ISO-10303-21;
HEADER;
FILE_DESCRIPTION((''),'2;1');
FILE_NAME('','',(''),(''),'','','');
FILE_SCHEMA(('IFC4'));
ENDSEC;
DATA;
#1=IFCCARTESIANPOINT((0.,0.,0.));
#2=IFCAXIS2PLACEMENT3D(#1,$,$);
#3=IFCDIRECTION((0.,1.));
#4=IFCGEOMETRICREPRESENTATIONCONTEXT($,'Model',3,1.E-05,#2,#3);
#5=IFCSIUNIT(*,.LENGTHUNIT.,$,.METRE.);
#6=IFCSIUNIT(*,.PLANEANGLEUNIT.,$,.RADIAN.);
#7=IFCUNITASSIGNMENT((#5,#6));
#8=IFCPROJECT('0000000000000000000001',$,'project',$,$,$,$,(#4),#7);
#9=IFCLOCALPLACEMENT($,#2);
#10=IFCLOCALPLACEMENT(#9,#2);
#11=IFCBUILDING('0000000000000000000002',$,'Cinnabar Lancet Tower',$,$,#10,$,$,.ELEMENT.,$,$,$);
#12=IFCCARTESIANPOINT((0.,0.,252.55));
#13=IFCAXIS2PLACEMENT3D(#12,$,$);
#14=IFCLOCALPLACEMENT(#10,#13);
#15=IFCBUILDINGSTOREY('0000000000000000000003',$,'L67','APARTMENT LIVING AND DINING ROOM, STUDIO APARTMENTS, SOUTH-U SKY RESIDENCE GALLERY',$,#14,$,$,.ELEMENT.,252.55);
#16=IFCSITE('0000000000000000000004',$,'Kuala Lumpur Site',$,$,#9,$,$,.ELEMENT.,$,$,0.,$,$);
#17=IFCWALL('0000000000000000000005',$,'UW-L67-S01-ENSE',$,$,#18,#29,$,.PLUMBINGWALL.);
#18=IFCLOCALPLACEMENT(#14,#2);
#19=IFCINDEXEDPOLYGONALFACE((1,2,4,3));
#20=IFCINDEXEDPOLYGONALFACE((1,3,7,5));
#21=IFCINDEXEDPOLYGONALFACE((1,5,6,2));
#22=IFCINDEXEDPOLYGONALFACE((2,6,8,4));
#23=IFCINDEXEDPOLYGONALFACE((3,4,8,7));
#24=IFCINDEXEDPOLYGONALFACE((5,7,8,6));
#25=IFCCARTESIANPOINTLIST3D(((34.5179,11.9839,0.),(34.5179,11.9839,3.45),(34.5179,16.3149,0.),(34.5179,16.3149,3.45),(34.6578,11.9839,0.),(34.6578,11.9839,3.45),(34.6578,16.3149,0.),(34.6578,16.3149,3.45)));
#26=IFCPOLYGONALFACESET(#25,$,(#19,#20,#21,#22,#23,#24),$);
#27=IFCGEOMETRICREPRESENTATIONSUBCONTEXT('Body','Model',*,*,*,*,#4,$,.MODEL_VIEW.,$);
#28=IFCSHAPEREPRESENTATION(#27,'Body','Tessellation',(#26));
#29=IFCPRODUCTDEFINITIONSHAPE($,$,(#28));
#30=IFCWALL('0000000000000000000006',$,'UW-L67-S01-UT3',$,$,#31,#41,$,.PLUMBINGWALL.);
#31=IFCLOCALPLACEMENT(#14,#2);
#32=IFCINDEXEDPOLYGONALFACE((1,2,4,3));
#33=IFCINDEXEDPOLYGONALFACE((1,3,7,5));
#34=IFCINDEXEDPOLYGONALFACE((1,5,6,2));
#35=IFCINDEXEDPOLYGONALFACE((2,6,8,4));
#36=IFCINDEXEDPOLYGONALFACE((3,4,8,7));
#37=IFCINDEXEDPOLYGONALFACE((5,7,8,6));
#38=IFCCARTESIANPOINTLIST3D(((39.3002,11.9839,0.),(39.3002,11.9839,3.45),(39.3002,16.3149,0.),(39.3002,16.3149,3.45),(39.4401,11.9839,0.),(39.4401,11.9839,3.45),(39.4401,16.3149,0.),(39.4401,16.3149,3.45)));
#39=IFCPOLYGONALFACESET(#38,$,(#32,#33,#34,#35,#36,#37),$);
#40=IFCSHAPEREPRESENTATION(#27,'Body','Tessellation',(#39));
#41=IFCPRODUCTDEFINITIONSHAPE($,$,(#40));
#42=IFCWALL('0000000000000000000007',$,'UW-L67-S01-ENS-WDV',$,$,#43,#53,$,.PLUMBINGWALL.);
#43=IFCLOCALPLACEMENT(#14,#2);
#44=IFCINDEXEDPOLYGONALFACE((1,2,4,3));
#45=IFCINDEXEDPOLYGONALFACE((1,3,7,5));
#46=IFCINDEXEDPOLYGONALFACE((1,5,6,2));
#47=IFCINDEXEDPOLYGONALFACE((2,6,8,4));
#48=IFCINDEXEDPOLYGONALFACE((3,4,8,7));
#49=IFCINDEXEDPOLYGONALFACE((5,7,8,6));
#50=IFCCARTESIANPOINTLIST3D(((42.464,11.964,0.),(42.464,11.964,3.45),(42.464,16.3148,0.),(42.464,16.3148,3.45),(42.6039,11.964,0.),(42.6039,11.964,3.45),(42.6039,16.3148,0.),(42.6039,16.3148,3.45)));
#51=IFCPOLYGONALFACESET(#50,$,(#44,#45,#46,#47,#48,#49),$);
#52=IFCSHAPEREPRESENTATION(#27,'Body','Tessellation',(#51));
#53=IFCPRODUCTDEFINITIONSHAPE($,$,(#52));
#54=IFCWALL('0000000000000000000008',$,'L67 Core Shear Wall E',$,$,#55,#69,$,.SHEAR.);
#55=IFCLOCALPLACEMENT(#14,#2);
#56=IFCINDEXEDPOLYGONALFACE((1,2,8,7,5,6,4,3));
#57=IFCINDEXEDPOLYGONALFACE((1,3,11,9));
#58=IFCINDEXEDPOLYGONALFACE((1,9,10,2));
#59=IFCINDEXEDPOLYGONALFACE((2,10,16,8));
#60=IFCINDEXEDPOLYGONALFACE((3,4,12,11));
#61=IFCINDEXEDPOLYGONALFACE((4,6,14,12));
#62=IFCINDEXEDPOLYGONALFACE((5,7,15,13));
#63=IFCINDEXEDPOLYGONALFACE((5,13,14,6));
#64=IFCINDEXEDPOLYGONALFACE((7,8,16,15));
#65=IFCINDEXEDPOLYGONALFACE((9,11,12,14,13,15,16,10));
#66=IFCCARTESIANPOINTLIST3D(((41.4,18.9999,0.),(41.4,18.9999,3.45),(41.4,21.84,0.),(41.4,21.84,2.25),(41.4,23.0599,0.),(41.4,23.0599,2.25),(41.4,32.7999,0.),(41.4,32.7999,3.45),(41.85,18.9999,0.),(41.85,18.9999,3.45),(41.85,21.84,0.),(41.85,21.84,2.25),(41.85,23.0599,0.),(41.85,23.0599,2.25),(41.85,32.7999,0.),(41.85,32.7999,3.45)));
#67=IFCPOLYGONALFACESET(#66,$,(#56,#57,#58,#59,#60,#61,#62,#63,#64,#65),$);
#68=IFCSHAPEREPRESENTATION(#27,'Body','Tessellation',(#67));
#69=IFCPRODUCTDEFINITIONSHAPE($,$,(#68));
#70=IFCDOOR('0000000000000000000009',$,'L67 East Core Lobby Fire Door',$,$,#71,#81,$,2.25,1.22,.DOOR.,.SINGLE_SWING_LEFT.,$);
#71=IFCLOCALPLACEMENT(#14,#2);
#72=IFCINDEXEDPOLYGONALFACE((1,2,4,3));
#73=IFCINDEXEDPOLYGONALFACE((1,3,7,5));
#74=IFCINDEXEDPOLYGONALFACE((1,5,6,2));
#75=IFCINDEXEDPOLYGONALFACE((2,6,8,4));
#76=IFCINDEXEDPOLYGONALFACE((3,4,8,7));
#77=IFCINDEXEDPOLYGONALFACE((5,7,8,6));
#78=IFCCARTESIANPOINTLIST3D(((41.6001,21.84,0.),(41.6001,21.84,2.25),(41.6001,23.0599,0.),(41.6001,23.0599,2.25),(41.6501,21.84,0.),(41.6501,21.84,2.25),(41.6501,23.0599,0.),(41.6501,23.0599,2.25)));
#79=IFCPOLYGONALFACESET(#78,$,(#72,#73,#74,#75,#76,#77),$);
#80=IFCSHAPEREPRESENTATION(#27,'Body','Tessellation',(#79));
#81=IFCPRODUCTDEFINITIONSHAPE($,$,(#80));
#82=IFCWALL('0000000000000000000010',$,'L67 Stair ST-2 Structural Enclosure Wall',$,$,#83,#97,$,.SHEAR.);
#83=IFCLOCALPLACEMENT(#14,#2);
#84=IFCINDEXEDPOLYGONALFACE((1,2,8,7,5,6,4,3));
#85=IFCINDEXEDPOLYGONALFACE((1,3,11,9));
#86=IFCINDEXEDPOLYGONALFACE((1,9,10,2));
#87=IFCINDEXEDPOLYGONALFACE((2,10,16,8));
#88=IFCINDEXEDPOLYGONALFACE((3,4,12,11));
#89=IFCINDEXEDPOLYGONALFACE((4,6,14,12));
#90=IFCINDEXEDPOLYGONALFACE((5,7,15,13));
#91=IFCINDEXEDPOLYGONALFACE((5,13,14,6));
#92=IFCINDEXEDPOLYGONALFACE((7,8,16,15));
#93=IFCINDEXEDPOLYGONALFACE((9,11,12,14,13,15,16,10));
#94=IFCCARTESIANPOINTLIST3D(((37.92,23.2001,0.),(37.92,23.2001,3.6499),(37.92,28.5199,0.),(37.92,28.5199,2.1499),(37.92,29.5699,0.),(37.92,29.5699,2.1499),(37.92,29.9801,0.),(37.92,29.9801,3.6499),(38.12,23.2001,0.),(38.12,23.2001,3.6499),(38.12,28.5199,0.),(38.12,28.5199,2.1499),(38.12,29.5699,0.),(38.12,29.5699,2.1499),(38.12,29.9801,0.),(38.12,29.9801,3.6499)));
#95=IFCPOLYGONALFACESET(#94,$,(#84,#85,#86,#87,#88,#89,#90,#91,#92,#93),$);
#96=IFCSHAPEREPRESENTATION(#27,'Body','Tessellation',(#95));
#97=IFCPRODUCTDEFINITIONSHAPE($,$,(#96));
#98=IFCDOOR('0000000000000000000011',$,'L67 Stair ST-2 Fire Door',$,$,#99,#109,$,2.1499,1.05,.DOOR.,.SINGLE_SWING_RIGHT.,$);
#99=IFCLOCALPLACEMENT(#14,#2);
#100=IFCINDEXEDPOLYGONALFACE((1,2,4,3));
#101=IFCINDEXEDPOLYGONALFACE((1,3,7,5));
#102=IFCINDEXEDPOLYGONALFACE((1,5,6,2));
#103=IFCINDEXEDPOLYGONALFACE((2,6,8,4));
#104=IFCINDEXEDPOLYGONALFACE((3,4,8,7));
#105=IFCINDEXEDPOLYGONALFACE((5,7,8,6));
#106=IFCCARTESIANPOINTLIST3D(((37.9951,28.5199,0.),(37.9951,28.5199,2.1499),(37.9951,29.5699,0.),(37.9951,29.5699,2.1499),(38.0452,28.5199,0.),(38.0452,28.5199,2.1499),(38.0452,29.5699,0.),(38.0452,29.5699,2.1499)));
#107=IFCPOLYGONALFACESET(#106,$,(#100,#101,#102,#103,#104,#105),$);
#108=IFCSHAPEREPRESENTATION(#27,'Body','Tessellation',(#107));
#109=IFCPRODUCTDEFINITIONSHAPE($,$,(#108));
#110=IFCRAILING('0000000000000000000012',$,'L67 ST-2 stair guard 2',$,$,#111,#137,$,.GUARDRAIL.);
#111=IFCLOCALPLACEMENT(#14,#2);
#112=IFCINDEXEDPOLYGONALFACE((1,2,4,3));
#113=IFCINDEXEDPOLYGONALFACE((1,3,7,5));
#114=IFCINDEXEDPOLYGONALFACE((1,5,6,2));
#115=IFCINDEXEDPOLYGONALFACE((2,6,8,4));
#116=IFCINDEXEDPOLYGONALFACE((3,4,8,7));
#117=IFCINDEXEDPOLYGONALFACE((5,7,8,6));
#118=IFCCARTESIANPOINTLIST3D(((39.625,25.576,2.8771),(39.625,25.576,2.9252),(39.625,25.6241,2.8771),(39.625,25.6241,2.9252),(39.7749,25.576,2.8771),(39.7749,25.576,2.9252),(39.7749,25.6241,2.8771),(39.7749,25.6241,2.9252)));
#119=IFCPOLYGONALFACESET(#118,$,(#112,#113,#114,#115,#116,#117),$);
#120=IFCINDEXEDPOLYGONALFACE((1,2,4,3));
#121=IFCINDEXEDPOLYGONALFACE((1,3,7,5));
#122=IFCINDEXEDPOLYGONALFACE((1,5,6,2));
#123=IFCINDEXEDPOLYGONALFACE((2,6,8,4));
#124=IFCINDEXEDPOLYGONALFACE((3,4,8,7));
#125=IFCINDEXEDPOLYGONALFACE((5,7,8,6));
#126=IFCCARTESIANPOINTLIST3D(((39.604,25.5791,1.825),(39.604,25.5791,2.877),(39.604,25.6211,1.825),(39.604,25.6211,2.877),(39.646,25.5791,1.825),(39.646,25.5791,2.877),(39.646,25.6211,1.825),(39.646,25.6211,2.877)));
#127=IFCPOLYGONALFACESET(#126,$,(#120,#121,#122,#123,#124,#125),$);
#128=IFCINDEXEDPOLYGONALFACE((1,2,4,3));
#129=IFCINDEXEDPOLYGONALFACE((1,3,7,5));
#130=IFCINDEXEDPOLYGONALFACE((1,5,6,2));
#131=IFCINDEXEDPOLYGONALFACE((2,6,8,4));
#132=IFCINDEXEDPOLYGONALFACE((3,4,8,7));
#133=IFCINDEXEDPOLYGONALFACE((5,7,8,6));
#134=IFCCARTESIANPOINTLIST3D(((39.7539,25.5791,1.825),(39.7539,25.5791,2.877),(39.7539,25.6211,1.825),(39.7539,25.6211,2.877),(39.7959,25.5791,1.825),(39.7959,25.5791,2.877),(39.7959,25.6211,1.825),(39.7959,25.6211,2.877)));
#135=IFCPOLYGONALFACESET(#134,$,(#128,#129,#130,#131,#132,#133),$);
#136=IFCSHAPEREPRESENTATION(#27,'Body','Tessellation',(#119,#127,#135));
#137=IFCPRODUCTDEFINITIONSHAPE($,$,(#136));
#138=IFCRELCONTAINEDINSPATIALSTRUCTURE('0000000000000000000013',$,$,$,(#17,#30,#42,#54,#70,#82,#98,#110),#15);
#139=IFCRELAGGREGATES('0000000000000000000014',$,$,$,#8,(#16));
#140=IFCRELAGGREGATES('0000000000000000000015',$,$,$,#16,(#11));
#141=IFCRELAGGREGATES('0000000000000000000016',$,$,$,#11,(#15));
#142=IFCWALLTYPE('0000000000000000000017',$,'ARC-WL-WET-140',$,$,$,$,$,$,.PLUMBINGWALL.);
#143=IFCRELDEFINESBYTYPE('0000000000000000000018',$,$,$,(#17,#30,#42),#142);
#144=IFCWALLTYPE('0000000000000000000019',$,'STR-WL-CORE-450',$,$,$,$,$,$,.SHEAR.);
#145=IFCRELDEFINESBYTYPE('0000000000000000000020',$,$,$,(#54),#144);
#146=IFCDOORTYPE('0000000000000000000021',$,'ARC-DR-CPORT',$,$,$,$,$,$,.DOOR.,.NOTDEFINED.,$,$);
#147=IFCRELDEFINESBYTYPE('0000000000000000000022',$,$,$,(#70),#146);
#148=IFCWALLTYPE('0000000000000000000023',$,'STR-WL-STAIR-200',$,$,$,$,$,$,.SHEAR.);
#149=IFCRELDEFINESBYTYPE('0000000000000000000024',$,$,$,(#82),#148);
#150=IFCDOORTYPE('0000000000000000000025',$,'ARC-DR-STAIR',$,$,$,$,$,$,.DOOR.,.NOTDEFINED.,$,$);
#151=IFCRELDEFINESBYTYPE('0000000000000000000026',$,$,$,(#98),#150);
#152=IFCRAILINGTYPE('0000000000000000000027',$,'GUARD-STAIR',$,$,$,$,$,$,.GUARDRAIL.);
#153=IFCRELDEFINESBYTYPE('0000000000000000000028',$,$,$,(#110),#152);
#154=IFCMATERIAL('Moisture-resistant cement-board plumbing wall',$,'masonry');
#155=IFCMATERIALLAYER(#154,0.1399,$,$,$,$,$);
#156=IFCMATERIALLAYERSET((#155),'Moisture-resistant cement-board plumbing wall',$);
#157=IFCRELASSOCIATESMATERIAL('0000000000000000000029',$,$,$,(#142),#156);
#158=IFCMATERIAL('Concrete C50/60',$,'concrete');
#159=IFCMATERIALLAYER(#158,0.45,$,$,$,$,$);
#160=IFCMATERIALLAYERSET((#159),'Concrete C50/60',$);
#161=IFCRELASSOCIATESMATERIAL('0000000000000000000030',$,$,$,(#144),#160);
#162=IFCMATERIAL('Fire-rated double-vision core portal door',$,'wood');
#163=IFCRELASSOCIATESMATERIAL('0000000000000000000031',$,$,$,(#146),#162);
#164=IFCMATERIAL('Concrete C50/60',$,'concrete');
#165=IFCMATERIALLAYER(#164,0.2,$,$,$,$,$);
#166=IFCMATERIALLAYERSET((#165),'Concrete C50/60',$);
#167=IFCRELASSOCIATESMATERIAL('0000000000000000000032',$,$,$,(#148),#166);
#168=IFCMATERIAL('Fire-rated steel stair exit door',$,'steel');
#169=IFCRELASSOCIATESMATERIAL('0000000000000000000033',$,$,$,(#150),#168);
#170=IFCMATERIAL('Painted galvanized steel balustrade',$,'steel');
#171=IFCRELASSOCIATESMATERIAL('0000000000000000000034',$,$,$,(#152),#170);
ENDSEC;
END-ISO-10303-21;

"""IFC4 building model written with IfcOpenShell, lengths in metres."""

from ifc_helpers import new_model, si_unit, direction, frame, frame_2d, origin, origin_2d, place, context, subcontext, project, spatial, rectangle, extrude, material, layer, layer_set, type_object, element, fill, save


model = new_model("IFC4")

# Units and contexts
model_context = context("Model", 3, precision=1e-05, world=origin(), true_north=direction((0.0, 1.0)))
body_context = subcontext(model_context, "Body", "Model", "MODEL_VIEW")
ifc_project = project(units=[si_unit("LENGTHUNIT", "METRE"), si_unit("PLANEANGLEUNIT", "RADIAN")], contexts=[model_context])

# Site, building, storey
site_placement = place(None, origin())
site = spatial("IfcSite", under=ifc_project, at=site_placement, Name="Kuala Lumpur Site", CompositionType="ELEMENT", RefElevation=0.0)
building_placement = place(site_placement, origin())
building = spatial("IfcBuilding", under=site, at=building_placement, Name="Cinnabar Lancet Tower", CompositionType="ELEMENT")
storey_placement = place(building_placement, frame((0.0, 0.0, 252.55)))
storey = spatial("IfcBuildingStorey", under=building, at=storey_placement, Name="L67", Description="APARTMENT LIVING AND DINING ROOM, STUDIO APARTMENTS, SOUTH-U SKY RESIDENCE GALLERY", CompositionType="ELEMENT", Elevation=252.55)

# Walls
ifc_material_1 = material(Name="Moisture-resistant cement-board plumbing wall", Category="masonry")
ifc_layer_1 = layer(ifc_material_1, 0.1399)
ifc_layer_set_1 = layer_set([ifc_layer_1], Name="Moisture-resistant cement-board plumbing wall")
wall_type_1 = type_object("IfcWallType", Name="ARC-WL-WET-140", PredefinedType="PLUMBINGWALL", material=ifc_layer_set_1)
for number, where, z_axis, x_axis, name in (
    (1, (34.5879, 11.9839, 0.0), (0.0, 0.0, 1.0), (0.0, 1.0, 0.0), "UW-L67-S01-ENSE"),
    (2, (39.3701, 11.9839, 0.0), (0.0, 0.0, 1.0), (0.0, 1.0, 0.0), "UW-L67-S01-UT3"),
):
    element("IfcWall", number, at=place(storey_placement, frame(where, z_axis=z_axis, x_axis=x_axis)), inside=storey, type_object=wall_type_1, Name=name, PredefinedType="PLUMBINGWALL", context=body_context, shape_type="SweptSolid", body=[
        extrude(rectangle(XDim=4.3311, YDim=0.1399, at=frame_2d((2.1655, 0.0))), origin(), (0.0, 0.0, 1.0), 3.45),
    ])
wall_1_placement = place(storey_placement, frame((42.5339, 11.9641, 0.0), z_axis=(0.0, 0.0, 1.0), x_axis=(0.0, 1.0, 0.0)))
element("IfcWall", 3, at=wall_1_placement, inside=storey, type_object=wall_type_1, Name="UW-L67-S01-ENS-WDV", PredefinedType="PLUMBINGWALL", context=body_context, shape_type="SweptSolid", body=[
    extrude(rectangle(XDim=4.3508, YDim=0.1399, at=frame_2d((2.1753, 0.0))), origin(), (0.0, 0.0, 1.0), 3.45),
])

# Walls, openings, doors
ifc_material_2 = material(Name="Concrete C50/60", Category="concrete")
ifc_layer_2 = layer(ifc_material_2, 0.45)
ifc_layer_set_2 = layer_set([ifc_layer_2], Name="Concrete C50/60")
wall_type_2 = type_object("IfcWallType", Name="STR-WL-CORE-450", PredefinedType="SHEAR", material=ifc_layer_set_2)
wall_2_placement = place(storey_placement, frame((41.625, 19.0, 0.0), z_axis=(0.0, 0.0, 1.0), x_axis=(0.0, 1.0, 0.0)))
wall_2 = element("IfcWall", 4, at=wall_2_placement, inside=storey, type_object=wall_type_2, Name="L67 Core Shear Wall E", PredefinedType="SHEAR", context=body_context, shape_type="SweptSolid", body=[
    extrude(rectangle(XDim=13.8, YDim=0.45, at=frame_2d((6.8999, 0.0))), origin(), (0.0, 0.0, 1.0), 3.45),
])
opening_1_placement = place(wall_2_placement, frame((2.8401, 0.0, 0.0)))
opening_1 = element("IfcOpeningElement", 5, at=opening_1_placement, cuts=wall_2, PredefinedType="OPENING", context=body_context, shape_type="SweptSolid", body=[
    extrude(rectangle(XDim=1.22, YDim=2.25, at=frame_2d((0.6099, 1.125))), frame((0.0, 0.2349, 0.0), z_axis=(0.0, -1.0, 0.0), x_axis=(1.0, 0.0, 0.0)), (0.0, 0.0, 1.0), 0.47),
])
ifc_material_3 = material(Name="Fire-rated double-vision core portal door", Category="wood")
door_type_1 = type_object("IfcDoorType", Name="ARC-DR-CPORT", OperationType="NOTDEFINED", PredefinedType="DOOR", material=ifc_material_3)
door_1_placement = place(opening_1_placement, origin())
door_1 = element("IfcDoor", 6, at=door_1_placement, inside=storey, type_object=door_type_1, Name="L67 East Core Lobby Fire Door", OperationType="SINGLE_SWING_LEFT", OverallHeight=2.25, OverallWidth=1.22, PredefinedType="DOOR", context=body_context, shape_type="SweptSolid", body=[
    extrude(rectangle(XDim=1.22, YDim=2.25, at=frame_2d((0.6099, 1.125))), frame((0.0, 0.0249, 0.0), z_axis=(0.0, -1.0, 0.0), x_axis=(1.0, 0.0, 0.0)), (0.0, 0.0, 1.0), 0.05),
])
fill(opening_1, door_1)
ifc_material_4 = material(Name="Concrete C50/60", Category="concrete")
ifc_layer_3 = layer(ifc_material_4, 0.2)
ifc_layer_set_3 = layer_set([ifc_layer_3], Name="Concrete C50/60")
wall_type_3 = type_object("IfcWallType", Name="STR-WL-STAIR-200", PredefinedType="SHEAR", material=ifc_layer_set_3)
wall_3_placement = place(storey_placement, frame((38.02, 23.2, 0.0), z_axis=(0.0, 0.0, 1.0), x_axis=(0.0, 1.0, 0.0)))
wall_3 = element("IfcWall", 7, at=wall_3_placement, inside=storey, type_object=wall_type_3, Name="L67 Stair ST-2 Structural Enclosure Wall", PredefinedType="SHEAR", context=body_context, shape_type="SweptSolid", body=[
    extrude(rectangle(XDim=6.78, YDim=0.2, at=frame_2d((3.3901, 0.0))), origin(), (0.0, 0.0, 1.0), 3.6499),
])
opening_2_placement = place(wall_3_placement, frame((5.3201, 0.0, 0.0)))
opening_2 = element("IfcOpeningElement", 8, at=opening_2_placement, cuts=wall_3, PredefinedType="OPENING", context=body_context, shape_type="SweptSolid", body=[
    extrude(rectangle(XDim=1.05, YDim=2.1499, at=frame_2d((0.5249, 1.075))), frame((0.0, 0.1099, 0.0), z_axis=(0.0, -1.0, 0.0), x_axis=(1.0, 0.0, 0.0)), (0.0, 0.0, 1.0), 0.22),
])
ifc_material_5 = material(Name="Fire-rated steel stair exit door", Category="steel")
door_type_2 = type_object("IfcDoorType", Name="ARC-DR-STAIR", OperationType="NOTDEFINED", PredefinedType="DOOR", material=ifc_material_5)
door_2_placement = place(opening_2_placement, origin())
door_2 = element("IfcDoor", 9, at=door_2_placement, inside=storey, type_object=door_type_2, Name="L67 Stair ST-2 Fire Door", OperationType="SINGLE_SWING_RIGHT", OverallHeight=2.1499, OverallWidth=1.05, PredefinedType="DOOR", context=body_context, shape_type="SweptSolid", body=[
    extrude(rectangle(XDim=1.05, YDim=2.1499, at=frame_2d((0.5249, 1.075))), frame((0.0, 0.0249, 0.0), z_axis=(0.0, -1.0, 0.0), x_axis=(1.0, 0.0, 0.0)), (0.0, 0.0, 1.0), 0.05),
])
fill(opening_2, door_2)

# Railing
ifc_material_6 = material(Name="Painted galvanized steel balustrade", Category="steel")
railing_type = type_object("IfcRailingType", Name="GUARD-STAIR", PredefinedType="GUARDRAIL", material=ifc_material_6)
railing_placement = place(storey_placement, frame((39.625, 25.6001, 1.825)))
element("IfcRailing", 10, at=railing_placement, inside=storey, type_object=railing_type, Name="L67 ST-2 stair guard 2", PredefinedType="GUARDRAIL", context=body_context, shape_type="SweptSolid", body=[
    extrude(rectangle(XDim=0.0481, YDim=0.0481, at=origin_2d()), frame((0.0, 0.0, 1.0762), z_axis=(1.0, 0.0, 0.0), x_axis=(0.0, 1.0, 0.0)), (0.0, 0.0, 1.0), 0.1499),
    extrude(rectangle(XDim=0.042, YDim=0.042, at=origin_2d()), origin(), (0.0, 0.0, 1.0), 1.052),
    extrude(rectangle(XDim=0.042, YDim=0.042, at=origin_2d()), frame((0.1499, 0.0, 0.0)), (0.0, 0.0, 1.0), 1.052),
])

save(model, "model.ifc")
